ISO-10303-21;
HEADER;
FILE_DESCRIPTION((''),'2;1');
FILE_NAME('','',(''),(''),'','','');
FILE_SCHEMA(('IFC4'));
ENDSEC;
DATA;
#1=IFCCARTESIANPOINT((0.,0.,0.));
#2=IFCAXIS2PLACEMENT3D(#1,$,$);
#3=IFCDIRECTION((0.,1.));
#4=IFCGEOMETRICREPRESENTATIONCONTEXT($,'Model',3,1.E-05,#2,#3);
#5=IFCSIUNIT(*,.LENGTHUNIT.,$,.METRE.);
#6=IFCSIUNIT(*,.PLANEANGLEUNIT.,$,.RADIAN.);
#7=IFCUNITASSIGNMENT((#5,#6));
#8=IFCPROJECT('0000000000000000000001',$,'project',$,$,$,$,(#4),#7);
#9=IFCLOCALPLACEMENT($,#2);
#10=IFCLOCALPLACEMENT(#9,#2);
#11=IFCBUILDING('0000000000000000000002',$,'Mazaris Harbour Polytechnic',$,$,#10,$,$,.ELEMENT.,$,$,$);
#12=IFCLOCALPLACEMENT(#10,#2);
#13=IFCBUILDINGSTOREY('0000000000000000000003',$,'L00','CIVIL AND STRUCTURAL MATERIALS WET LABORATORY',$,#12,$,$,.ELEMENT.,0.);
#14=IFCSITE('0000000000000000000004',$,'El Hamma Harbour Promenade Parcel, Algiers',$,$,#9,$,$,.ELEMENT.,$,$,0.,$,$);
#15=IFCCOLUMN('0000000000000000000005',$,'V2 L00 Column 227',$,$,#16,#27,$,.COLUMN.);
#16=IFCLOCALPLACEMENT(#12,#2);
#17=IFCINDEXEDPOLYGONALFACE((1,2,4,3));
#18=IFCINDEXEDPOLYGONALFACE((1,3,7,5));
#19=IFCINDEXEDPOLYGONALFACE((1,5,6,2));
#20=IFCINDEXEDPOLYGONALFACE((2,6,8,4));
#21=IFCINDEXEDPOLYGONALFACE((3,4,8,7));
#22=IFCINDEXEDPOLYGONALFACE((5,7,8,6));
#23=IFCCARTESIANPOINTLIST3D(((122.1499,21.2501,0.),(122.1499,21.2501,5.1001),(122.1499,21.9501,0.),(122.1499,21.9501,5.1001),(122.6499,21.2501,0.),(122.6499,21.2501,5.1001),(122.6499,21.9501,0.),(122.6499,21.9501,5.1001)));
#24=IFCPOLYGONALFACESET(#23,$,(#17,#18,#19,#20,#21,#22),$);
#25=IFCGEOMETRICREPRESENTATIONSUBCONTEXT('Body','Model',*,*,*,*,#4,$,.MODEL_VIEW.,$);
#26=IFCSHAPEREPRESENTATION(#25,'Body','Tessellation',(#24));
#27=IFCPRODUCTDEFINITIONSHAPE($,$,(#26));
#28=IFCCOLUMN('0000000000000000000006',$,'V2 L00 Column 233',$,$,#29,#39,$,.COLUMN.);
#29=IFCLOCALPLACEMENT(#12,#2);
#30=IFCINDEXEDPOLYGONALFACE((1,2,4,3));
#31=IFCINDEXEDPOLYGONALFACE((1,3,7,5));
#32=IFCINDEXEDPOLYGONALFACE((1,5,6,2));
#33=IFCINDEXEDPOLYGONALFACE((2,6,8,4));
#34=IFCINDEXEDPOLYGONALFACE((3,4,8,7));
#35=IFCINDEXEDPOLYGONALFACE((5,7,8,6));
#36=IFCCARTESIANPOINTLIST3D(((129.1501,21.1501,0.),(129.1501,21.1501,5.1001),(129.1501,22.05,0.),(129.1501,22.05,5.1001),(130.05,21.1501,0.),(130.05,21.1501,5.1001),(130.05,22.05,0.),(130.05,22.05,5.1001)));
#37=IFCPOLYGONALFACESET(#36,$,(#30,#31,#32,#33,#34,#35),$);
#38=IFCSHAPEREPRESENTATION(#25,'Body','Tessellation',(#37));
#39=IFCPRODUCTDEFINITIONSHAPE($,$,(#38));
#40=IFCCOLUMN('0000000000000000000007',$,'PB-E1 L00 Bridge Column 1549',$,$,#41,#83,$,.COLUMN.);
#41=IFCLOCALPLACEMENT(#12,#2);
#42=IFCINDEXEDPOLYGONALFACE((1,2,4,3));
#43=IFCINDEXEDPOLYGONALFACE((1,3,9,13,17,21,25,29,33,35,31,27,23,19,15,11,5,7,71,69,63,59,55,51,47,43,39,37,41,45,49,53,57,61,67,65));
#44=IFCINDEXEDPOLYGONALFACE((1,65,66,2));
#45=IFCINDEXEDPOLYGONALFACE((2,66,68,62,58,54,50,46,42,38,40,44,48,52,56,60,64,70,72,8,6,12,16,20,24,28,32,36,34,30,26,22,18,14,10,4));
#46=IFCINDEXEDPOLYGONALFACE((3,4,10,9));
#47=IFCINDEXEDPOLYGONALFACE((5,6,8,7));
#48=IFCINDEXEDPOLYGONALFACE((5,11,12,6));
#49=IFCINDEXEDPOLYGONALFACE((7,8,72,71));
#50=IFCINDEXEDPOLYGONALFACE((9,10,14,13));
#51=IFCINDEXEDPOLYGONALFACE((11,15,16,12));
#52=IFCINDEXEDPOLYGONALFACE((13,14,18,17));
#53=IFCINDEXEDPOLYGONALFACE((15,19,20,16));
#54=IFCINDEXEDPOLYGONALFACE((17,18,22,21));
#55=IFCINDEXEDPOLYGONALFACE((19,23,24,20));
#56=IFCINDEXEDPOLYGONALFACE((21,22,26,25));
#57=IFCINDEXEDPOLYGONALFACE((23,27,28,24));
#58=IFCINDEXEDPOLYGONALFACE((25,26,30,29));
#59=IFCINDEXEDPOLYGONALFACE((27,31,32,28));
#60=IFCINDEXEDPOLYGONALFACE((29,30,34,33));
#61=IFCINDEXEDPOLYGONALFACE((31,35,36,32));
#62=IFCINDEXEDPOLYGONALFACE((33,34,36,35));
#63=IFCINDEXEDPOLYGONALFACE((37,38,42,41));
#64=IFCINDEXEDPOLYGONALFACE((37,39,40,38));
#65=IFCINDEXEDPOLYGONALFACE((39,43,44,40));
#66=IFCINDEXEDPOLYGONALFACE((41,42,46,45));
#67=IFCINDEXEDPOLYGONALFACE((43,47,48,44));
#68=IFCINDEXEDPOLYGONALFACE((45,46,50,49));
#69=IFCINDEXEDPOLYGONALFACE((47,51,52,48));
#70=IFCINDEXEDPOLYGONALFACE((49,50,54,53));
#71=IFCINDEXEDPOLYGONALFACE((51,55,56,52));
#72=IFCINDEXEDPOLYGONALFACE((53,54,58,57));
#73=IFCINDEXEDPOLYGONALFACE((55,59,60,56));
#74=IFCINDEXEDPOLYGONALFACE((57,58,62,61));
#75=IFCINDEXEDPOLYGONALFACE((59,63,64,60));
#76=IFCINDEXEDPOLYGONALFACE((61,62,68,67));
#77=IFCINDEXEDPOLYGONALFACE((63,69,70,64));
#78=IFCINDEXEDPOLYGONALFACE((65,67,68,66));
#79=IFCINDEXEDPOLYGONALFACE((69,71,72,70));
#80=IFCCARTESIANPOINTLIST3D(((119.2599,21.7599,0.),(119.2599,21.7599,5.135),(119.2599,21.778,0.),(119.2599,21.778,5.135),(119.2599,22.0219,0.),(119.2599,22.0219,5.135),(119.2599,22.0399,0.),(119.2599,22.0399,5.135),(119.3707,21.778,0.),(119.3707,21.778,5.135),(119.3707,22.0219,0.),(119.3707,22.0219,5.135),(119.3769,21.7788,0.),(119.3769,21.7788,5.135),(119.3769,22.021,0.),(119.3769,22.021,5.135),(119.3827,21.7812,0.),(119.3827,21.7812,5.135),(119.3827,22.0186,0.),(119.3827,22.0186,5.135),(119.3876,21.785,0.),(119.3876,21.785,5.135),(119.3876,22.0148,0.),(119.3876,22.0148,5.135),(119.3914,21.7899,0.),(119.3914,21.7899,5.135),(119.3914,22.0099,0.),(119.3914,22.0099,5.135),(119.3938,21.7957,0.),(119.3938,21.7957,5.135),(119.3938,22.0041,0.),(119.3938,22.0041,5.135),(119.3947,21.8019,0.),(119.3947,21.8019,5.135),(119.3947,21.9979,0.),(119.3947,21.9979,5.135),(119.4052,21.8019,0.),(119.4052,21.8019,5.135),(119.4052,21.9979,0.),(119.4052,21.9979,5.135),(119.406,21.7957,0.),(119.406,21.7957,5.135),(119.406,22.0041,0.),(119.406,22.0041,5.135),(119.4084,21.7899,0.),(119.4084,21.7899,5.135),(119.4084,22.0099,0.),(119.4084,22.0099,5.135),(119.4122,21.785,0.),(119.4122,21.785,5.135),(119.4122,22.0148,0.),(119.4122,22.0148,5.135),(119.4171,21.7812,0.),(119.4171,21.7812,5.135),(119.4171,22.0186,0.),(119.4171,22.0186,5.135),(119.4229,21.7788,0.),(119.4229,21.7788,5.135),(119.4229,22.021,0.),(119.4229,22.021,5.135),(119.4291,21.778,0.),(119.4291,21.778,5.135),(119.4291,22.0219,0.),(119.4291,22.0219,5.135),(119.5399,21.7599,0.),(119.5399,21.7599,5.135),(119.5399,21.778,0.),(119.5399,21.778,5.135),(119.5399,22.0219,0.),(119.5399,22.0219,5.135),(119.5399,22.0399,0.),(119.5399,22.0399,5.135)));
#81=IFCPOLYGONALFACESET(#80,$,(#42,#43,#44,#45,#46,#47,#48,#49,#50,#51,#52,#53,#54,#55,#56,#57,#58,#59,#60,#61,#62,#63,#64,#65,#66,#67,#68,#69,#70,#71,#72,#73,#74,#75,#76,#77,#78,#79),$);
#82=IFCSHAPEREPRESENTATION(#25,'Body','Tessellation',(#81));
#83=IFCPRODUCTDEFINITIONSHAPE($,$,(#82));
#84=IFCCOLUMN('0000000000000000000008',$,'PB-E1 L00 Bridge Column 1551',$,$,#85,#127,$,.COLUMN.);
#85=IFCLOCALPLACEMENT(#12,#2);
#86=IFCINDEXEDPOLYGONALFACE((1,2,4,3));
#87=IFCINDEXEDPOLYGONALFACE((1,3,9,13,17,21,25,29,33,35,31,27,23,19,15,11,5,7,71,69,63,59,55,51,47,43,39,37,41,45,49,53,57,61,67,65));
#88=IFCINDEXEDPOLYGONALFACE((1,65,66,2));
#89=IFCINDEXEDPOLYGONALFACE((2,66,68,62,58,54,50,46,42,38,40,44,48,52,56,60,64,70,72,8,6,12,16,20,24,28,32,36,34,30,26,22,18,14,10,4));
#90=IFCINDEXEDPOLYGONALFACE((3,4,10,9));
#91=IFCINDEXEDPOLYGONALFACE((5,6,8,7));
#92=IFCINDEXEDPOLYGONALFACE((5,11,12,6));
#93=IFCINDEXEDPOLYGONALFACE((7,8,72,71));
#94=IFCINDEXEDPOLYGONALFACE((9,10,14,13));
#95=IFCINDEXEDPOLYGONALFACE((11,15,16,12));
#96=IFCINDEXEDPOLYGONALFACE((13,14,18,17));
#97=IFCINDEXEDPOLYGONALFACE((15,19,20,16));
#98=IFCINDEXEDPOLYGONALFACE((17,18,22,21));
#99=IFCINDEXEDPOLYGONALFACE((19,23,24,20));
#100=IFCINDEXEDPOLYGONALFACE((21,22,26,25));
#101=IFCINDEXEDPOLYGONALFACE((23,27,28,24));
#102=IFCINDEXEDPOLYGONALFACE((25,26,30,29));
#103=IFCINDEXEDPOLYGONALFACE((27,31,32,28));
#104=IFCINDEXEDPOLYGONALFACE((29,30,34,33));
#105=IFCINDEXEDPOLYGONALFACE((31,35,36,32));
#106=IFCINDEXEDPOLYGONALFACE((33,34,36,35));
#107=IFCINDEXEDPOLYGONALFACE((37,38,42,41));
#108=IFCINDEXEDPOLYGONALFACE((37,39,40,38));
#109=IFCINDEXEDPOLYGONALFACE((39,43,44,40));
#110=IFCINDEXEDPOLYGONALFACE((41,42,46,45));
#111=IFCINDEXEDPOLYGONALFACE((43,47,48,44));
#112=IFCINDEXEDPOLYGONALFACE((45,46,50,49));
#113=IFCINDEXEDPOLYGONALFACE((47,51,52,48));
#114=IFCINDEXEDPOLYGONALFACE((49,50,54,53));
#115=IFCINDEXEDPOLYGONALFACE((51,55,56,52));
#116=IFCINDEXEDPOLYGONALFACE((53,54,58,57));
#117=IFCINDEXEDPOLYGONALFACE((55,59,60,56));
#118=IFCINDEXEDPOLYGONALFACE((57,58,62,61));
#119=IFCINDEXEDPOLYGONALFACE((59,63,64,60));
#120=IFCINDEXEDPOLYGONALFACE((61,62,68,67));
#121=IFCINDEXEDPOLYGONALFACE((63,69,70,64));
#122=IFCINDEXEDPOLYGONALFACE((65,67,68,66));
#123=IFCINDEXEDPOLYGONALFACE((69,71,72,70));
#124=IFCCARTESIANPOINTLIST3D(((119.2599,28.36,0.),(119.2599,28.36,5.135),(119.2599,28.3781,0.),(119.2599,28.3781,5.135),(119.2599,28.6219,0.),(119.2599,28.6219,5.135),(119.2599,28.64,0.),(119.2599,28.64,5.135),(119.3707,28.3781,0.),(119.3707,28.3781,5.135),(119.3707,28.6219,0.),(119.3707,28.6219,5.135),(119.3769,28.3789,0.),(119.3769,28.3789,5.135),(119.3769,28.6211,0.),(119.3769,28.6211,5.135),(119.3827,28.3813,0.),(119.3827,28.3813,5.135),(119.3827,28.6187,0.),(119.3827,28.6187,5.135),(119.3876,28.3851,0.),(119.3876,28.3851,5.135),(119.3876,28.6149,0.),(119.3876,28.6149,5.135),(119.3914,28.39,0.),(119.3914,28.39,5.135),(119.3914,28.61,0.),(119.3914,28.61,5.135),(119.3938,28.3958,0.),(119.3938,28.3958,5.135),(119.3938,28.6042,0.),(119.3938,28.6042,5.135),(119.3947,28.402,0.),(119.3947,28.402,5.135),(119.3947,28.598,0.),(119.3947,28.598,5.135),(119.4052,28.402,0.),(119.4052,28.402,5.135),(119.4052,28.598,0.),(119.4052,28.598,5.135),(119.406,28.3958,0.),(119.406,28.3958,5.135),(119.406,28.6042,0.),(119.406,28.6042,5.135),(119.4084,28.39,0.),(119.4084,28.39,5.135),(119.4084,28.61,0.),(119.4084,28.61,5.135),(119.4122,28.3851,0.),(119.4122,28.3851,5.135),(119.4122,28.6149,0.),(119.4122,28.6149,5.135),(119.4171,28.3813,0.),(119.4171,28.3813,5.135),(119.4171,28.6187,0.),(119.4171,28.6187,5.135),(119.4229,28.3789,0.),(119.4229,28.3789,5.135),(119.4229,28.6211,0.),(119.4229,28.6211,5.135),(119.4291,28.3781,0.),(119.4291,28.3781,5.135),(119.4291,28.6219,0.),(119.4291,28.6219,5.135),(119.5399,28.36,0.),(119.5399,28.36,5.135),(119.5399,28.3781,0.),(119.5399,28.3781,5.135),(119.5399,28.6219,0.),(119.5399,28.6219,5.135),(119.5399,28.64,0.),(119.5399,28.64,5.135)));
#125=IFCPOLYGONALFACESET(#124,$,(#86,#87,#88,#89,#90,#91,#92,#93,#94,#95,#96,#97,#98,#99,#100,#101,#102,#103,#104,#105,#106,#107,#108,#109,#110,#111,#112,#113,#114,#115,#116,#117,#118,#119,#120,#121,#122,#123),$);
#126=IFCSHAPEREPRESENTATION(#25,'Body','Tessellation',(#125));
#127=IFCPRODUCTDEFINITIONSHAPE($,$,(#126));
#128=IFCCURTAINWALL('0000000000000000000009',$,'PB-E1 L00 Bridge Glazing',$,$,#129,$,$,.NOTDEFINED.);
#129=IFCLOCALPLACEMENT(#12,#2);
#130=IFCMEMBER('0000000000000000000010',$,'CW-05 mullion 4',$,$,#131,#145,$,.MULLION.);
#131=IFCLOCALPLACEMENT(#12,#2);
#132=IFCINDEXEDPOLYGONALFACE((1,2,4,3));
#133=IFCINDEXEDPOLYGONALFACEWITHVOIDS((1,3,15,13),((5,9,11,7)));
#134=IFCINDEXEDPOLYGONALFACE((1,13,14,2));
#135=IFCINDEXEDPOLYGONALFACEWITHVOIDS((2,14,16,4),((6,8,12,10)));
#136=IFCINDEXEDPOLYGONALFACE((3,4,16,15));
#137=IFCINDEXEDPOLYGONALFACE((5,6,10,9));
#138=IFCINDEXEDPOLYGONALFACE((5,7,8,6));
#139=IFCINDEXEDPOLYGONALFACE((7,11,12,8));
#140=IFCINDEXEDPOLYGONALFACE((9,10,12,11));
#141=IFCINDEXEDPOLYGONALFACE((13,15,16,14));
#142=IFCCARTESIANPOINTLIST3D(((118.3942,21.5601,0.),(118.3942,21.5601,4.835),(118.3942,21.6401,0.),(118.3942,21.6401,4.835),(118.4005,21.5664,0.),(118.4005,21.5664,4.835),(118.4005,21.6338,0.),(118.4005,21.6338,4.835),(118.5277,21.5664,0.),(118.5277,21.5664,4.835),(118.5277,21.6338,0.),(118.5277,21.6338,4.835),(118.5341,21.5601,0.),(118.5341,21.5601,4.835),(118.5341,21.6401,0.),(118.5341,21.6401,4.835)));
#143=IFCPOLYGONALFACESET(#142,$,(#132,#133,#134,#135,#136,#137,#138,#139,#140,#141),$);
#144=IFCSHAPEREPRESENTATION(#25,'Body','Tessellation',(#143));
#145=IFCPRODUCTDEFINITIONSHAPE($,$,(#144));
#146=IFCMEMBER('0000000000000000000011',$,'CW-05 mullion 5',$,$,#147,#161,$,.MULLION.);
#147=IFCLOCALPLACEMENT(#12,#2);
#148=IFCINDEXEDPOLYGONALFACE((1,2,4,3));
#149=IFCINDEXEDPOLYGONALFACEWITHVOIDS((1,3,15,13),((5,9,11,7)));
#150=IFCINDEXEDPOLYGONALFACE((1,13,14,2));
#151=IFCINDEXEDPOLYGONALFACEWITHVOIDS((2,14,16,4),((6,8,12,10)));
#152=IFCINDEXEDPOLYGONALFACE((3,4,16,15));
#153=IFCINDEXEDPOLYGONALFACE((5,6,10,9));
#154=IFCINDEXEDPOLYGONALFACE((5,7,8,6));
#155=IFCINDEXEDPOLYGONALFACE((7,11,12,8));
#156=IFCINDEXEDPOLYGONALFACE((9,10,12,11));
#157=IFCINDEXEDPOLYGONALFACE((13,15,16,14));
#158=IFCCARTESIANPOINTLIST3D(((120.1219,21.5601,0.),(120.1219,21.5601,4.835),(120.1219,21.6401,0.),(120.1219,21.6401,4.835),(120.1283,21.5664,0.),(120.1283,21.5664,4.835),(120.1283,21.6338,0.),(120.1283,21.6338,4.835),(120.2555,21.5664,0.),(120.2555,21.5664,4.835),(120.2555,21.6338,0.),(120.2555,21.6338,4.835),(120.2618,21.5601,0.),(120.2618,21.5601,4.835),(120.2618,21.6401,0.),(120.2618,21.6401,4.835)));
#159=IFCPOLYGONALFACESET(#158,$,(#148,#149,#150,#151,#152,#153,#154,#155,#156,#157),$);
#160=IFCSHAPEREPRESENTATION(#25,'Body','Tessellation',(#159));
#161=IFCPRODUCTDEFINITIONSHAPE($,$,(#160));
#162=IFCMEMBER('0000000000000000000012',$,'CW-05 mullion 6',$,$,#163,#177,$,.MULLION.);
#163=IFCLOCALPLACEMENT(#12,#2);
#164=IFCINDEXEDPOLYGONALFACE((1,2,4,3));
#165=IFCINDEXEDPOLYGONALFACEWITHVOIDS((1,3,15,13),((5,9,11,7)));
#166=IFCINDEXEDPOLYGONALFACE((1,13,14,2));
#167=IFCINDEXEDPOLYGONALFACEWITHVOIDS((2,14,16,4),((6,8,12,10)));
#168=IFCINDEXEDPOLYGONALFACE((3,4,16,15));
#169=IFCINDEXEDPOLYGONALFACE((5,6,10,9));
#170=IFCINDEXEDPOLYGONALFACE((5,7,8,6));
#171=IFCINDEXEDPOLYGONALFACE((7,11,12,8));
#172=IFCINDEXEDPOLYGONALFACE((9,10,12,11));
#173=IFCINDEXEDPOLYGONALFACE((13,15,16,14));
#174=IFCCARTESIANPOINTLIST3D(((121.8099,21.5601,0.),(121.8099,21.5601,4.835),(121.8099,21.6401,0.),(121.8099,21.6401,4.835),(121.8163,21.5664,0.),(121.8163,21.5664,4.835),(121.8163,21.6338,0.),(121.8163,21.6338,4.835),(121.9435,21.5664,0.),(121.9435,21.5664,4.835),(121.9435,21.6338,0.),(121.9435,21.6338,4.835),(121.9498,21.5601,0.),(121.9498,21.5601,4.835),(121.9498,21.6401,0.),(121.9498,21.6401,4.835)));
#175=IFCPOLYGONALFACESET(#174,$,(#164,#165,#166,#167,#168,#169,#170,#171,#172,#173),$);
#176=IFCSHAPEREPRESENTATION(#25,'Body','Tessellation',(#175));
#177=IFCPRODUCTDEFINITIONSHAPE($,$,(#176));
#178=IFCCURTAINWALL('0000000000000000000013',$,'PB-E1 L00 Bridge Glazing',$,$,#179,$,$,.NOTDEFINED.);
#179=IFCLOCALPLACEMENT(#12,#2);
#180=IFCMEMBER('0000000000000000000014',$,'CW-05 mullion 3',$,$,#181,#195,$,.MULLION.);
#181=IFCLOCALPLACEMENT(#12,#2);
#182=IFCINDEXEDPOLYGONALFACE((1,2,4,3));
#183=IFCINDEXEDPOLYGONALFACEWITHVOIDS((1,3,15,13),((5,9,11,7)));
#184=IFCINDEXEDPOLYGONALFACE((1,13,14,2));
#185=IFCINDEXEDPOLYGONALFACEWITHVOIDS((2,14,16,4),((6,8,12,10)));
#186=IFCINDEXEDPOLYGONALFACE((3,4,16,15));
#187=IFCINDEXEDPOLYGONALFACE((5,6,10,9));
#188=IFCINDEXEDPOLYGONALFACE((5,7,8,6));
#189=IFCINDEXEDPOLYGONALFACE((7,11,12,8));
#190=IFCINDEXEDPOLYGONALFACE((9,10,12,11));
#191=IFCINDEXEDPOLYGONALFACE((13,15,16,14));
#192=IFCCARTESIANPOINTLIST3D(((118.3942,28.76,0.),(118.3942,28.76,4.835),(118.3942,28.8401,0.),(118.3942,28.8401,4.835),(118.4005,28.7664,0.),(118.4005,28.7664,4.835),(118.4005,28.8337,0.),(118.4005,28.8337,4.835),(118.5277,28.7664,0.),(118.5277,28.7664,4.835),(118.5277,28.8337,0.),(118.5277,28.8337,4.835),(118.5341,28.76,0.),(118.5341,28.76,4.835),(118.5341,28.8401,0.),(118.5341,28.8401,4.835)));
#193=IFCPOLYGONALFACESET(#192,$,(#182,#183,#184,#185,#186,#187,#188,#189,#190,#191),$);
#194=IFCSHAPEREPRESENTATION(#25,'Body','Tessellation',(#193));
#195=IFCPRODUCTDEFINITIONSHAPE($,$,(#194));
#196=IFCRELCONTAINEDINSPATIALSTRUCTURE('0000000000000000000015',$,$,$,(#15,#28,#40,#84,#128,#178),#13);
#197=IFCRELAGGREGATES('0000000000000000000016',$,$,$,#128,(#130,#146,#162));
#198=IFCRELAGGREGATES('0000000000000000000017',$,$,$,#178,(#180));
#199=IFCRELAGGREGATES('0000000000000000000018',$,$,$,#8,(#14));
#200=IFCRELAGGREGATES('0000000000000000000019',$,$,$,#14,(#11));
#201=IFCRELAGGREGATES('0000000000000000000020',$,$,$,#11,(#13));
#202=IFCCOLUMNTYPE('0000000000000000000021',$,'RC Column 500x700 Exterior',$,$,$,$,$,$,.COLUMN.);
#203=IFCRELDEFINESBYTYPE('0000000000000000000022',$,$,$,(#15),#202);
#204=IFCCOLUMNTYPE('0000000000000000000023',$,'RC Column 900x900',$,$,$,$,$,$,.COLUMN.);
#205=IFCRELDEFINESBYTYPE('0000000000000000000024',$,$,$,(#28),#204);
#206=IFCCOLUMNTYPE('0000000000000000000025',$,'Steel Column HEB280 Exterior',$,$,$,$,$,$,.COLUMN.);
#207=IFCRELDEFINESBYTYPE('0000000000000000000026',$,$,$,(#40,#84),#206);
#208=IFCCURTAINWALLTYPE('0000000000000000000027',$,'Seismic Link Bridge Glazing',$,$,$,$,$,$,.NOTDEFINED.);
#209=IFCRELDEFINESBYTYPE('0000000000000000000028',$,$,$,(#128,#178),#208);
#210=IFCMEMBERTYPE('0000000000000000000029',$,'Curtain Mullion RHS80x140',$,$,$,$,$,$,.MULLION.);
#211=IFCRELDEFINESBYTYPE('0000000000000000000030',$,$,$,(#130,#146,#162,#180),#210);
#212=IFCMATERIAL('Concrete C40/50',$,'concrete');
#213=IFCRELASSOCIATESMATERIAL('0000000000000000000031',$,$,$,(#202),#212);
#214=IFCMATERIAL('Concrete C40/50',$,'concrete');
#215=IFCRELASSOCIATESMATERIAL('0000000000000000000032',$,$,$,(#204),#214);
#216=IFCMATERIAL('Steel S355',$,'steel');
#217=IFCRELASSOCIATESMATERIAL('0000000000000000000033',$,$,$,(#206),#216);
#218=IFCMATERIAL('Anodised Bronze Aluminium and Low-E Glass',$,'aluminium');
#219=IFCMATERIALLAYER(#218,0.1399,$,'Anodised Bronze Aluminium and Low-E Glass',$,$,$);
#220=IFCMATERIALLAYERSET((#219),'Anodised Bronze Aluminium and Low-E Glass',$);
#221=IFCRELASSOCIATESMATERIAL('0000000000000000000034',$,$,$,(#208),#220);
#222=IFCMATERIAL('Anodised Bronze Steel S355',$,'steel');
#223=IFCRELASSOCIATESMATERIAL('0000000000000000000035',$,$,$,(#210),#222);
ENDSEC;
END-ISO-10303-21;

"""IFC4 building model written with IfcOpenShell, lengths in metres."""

from ifc_helpers import new_model, si_unit, direction, frame, origin, origin_2d, place, context, subcontext, project, spatial, rectangle, hollow_rectangle, i_section, extrude, material, layer, layer_set, material_profile, profile_set, type_object, element, aggregate, save


model = new_model("IFC4")

# Units and contexts
model_context = context("Model", 3, precision=1e-05, world=origin(), true_north=direction((0.0, 1.0)))
body_context = subcontext(model_context, "Body", "Model", "MODEL_VIEW")
ifc_project = project(units=[si_unit("LENGTHUNIT", "METRE"), si_unit("PLANEANGLEUNIT", "RADIAN")], contexts=[model_context])

# Site, building, storey
site_placement = place(None, origin())
site = spatial("IfcSite", under=ifc_project, at=site_placement, Name="El Hamma Harbour Promenade Parcel, Algiers", CompositionType="ELEMENT", RefElevation=0.0)
building_placement = place(site_placement, origin())
building = spatial("IfcBuilding", under=site, at=building_placement, Name="Mazaris Harbour Polytechnic", CompositionType="ELEMENT")
storey_placement = place(building_placement, origin())
storey = spatial("IfcBuildingStorey", under=building, at=storey_placement, Name="L00", Description="CIVIL AND STRUCTURAL MATERIALS WET LABORATORY", CompositionType="ELEMENT", Elevation=0.0)

# Columns
ifc_material_1 = material(Name="Concrete C40/50", Category="concrete")
ifc_material_profile_1 = material_profile(ifc_material_1, rectangle(XDim=0.5, YDim=0.7, at=origin_2d()), Name="RECT500x700")
ifc_profile_set_1 = profile_set([ifc_material_profile_1], Name="Concrete C40/50")
column_type_1 = type_object("IfcColumnType", Name="RC Column 500x700 Exterior", PredefinedType="COLUMN", material=ifc_profile_set_1)
column_1_placement = place(storey_placement, frame((122.3999, 21.6001, 0.0), z_axis=(0.0, 0.0, 1.0), x_axis=(1.0, 0.0, 0.0)))
element("IfcColumn", 1, at=column_1_placement, inside=storey, type_object=column_type_1, Name="V2 L00 Column 227", PredefinedType="COLUMN", context=body_context, shape_type="SweptSolid", body=[
    extrude(rectangle(XDim=0.5, YDim=0.7, at=origin_2d()), origin(), (0.0, 0.0, 1.0), 5.1001),
])
ifc_material_2 = material(Name="Concrete C40/50", Category="concrete")
ifc_material_profile_2 = material_profile(ifc_material_2, rectangle(XDim=0.8999, YDim=0.8999, at=origin_2d()), Name="RECT900x900")
ifc_profile_set_2 = profile_set([ifc_material_profile_2], Name="Concrete C40/50")
column_type_2 = type_object("IfcColumnType", Name="RC Column 900x900", PredefinedType="COLUMN", material=ifc_profile_set_2)
column_2_placement = place(storey_placement, frame((129.6001, 21.6001, 0.0), z_axis=(0.0, 0.0, 1.0), x_axis=(1.0, 0.0, 0.0)))
element("IfcColumn", 2, at=column_2_placement, inside=storey, type_object=column_type_2, Name="V2 L00 Column 233", PredefinedType="COLUMN", context=body_context, shape_type="SweptSolid", body=[
    extrude(rectangle(XDim=0.8999, YDim=0.8999, at=origin_2d()), origin(), (0.0, 0.0, 1.0), 5.1001),
])
ifc_material_3 = material(Name="Steel S355", Category="steel")
ifc_material_profile_3 = material_profile(ifc_material_3, i_section(OverallWidth=0.28, OverallDepth=0.28, WebThickness=0.0105, FlangeThickness=0.0181, FilletRadius=0.0239, at=origin_2d()), Name="HEB 280")
ifc_profile_set_3 = profile_set([ifc_material_profile_3], Name="Steel S355")
column_type_3 = type_object("IfcColumnType", Name="Steel Column HEB280 Exterior", PredefinedType="COLUMN", material=ifc_profile_set_3)
for number, where, z_axis, x_axis, name in (
    (3, (119.3999, 21.8999, 0.0), (0.0, 0.0, 1.0), (1.0, 0.0, 0.0), "PB-E1 L00 Bridge Column 1549"),
    (4, (119.3999, 28.5, 0.0), (0.0, 0.0, 1.0), (1.0, 0.0, 0.0), "PB-E1 L00 Bridge Column 1551"),
):
    element("IfcColumn", number, at=place(storey_placement, frame(where, z_axis=z_axis, x_axis=x_axis)), inside=storey, type_object=column_type_3, Name=name, PredefinedType="COLUMN", context=body_context, shape_type="SweptSolid", body=[
        extrude(i_section(OverallWidth=0.28, OverallDepth=0.28, WebThickness=0.0105, FlangeThickness=0.0181, FilletRadius=0.0239, at=origin_2d()), origin(), (0.0, 0.0, 1.0), 5.135),
    ])

# Curtain wall, members
ifc_material_4 = material(Name="Anodised Bronze Aluminium and Low-E Glass", Category="aluminium")
ifc_layer_1 = layer(ifc_material_4, 0.1399, Name="Anodised Bronze Aluminium and Low-E Glass")
ifc_layer_set_1 = layer_set([ifc_layer_1], Name="Anodised Bronze Aluminium and Low-E Glass")
curtain_wall_type = type_object("IfcCurtainWallType", Name="Seismic Link Bridge Glazing", PredefinedType="NOTDEFINED", material=ifc_layer_set_1)
curtain_wall_1_placement = place(storey_placement, origin())
curtain_wall_1 = element("IfcCurtainWall", 5, at=curtain_wall_1_placement, inside=storey, type_object=curtain_wall_type, Name="PB-E1 L00 Bridge Glazing", PredefinedType="NOTDEFINED")
ifc_material_5 = material(Name="Anodised Bronze Steel S355", Category="steel")
ifc_material_profile_4 = material_profile(ifc_material_5, hollow_rectangle(XDim=0.0801, YDim=0.1399, WallThickness=0.0063, at=origin_2d()), Name="RHS 80x140x6.3")
ifc_profile_set_4 = profile_set([ifc_material_profile_4], Name="Anodised Bronze Steel S355")
member_type_1 = type_object("IfcMemberType", Name="Curtain Mullion RHS80x140", PredefinedType="MULLION", material=ifc_profile_set_4)
member_1_placement = place(storey_placement, frame((118.4641, 21.6001, 0.0), z_axis=(0.0, 0.0, 1.0), x_axis=(0.0, 1.0, 0.0)))
member_1 = element("IfcMember", 6, at=member_1_placement, type_object=member_type_1, Name="CW-05 mullion 4", PredefinedType="MULLION", context=body_context, shape_type="SweptSolid", body=[
    extrude(hollow_rectangle(XDim=0.0801, YDim=0.1399, WallThickness=0.0063, at=origin_2d()), origin(), (0.0, 0.0, 1.0), 4.835),
])
member_2_placement = place(storey_placement, frame((120.1919, 21.6001, 0.0), z_axis=(0.0, 0.0, 1.0), x_axis=(0.0, 1.0, 0.0)))
member_2 = element("IfcMember", 7, at=member_2_placement, type_object=member_type_1, Name="CW-05 mullion 5", PredefinedType="MULLION", context=body_context, shape_type="SweptSolid", body=[
    extrude(hollow_rectangle(XDim=0.0801, YDim=0.1399, WallThickness=0.0063, at=origin_2d()), origin(), (0.0, 0.0, 1.0), 4.835),
])
member_3_placement = place(storey_placement, frame((121.8799, 21.6001, 0.0), z_axis=(0.0, 0.0, 1.0), x_axis=(0.0, 1.0, 0.0)))
member_3 = element("IfcMember", 8, at=member_3_placement, type_object=member_type_1, Name="CW-05 mullion 6", PredefinedType="MULLION", context=body_context, shape_type="SweptSolid", body=[
    extrude(hollow_rectangle(XDim=0.0801, YDim=0.1399, WallThickness=0.0063, at=origin_2d()), origin(), (0.0, 0.0, 1.0), 4.835),
])

# Curtain wall, member
curtain_wall_2_placement = place(storey_placement, origin())
curtain_wall_2 = element("IfcCurtainWall", 9, at=curtain_wall_2_placement, inside=storey, type_object=curtain_wall_type, Name="PB-E1 L00 Bridge Glazing", PredefinedType="NOTDEFINED")
member_4_placement = place(storey_placement, frame((118.4641, 28.8, 0.0), z_axis=(0.0, 0.0, 1.0), x_axis=(0.0, -1.0, 0.0)))
member_4 = element("IfcMember", 10, at=member_4_placement, type_object=member_type_1, Name="CW-05 mullion 3", PredefinedType="MULLION", context=body_context, shape_type="SweptSolid", body=[
    extrude(hollow_rectangle(XDim=0.0801, YDim=0.1399, WallThickness=0.0063, at=origin_2d()), origin(), (0.0, 0.0, 1.0), 4.835),
])

aggregate(curtain_wall_1, [member_1, member_2, member_3])
aggregate(curtain_wall_2, [member_4])

save(model, "model.ifc")
